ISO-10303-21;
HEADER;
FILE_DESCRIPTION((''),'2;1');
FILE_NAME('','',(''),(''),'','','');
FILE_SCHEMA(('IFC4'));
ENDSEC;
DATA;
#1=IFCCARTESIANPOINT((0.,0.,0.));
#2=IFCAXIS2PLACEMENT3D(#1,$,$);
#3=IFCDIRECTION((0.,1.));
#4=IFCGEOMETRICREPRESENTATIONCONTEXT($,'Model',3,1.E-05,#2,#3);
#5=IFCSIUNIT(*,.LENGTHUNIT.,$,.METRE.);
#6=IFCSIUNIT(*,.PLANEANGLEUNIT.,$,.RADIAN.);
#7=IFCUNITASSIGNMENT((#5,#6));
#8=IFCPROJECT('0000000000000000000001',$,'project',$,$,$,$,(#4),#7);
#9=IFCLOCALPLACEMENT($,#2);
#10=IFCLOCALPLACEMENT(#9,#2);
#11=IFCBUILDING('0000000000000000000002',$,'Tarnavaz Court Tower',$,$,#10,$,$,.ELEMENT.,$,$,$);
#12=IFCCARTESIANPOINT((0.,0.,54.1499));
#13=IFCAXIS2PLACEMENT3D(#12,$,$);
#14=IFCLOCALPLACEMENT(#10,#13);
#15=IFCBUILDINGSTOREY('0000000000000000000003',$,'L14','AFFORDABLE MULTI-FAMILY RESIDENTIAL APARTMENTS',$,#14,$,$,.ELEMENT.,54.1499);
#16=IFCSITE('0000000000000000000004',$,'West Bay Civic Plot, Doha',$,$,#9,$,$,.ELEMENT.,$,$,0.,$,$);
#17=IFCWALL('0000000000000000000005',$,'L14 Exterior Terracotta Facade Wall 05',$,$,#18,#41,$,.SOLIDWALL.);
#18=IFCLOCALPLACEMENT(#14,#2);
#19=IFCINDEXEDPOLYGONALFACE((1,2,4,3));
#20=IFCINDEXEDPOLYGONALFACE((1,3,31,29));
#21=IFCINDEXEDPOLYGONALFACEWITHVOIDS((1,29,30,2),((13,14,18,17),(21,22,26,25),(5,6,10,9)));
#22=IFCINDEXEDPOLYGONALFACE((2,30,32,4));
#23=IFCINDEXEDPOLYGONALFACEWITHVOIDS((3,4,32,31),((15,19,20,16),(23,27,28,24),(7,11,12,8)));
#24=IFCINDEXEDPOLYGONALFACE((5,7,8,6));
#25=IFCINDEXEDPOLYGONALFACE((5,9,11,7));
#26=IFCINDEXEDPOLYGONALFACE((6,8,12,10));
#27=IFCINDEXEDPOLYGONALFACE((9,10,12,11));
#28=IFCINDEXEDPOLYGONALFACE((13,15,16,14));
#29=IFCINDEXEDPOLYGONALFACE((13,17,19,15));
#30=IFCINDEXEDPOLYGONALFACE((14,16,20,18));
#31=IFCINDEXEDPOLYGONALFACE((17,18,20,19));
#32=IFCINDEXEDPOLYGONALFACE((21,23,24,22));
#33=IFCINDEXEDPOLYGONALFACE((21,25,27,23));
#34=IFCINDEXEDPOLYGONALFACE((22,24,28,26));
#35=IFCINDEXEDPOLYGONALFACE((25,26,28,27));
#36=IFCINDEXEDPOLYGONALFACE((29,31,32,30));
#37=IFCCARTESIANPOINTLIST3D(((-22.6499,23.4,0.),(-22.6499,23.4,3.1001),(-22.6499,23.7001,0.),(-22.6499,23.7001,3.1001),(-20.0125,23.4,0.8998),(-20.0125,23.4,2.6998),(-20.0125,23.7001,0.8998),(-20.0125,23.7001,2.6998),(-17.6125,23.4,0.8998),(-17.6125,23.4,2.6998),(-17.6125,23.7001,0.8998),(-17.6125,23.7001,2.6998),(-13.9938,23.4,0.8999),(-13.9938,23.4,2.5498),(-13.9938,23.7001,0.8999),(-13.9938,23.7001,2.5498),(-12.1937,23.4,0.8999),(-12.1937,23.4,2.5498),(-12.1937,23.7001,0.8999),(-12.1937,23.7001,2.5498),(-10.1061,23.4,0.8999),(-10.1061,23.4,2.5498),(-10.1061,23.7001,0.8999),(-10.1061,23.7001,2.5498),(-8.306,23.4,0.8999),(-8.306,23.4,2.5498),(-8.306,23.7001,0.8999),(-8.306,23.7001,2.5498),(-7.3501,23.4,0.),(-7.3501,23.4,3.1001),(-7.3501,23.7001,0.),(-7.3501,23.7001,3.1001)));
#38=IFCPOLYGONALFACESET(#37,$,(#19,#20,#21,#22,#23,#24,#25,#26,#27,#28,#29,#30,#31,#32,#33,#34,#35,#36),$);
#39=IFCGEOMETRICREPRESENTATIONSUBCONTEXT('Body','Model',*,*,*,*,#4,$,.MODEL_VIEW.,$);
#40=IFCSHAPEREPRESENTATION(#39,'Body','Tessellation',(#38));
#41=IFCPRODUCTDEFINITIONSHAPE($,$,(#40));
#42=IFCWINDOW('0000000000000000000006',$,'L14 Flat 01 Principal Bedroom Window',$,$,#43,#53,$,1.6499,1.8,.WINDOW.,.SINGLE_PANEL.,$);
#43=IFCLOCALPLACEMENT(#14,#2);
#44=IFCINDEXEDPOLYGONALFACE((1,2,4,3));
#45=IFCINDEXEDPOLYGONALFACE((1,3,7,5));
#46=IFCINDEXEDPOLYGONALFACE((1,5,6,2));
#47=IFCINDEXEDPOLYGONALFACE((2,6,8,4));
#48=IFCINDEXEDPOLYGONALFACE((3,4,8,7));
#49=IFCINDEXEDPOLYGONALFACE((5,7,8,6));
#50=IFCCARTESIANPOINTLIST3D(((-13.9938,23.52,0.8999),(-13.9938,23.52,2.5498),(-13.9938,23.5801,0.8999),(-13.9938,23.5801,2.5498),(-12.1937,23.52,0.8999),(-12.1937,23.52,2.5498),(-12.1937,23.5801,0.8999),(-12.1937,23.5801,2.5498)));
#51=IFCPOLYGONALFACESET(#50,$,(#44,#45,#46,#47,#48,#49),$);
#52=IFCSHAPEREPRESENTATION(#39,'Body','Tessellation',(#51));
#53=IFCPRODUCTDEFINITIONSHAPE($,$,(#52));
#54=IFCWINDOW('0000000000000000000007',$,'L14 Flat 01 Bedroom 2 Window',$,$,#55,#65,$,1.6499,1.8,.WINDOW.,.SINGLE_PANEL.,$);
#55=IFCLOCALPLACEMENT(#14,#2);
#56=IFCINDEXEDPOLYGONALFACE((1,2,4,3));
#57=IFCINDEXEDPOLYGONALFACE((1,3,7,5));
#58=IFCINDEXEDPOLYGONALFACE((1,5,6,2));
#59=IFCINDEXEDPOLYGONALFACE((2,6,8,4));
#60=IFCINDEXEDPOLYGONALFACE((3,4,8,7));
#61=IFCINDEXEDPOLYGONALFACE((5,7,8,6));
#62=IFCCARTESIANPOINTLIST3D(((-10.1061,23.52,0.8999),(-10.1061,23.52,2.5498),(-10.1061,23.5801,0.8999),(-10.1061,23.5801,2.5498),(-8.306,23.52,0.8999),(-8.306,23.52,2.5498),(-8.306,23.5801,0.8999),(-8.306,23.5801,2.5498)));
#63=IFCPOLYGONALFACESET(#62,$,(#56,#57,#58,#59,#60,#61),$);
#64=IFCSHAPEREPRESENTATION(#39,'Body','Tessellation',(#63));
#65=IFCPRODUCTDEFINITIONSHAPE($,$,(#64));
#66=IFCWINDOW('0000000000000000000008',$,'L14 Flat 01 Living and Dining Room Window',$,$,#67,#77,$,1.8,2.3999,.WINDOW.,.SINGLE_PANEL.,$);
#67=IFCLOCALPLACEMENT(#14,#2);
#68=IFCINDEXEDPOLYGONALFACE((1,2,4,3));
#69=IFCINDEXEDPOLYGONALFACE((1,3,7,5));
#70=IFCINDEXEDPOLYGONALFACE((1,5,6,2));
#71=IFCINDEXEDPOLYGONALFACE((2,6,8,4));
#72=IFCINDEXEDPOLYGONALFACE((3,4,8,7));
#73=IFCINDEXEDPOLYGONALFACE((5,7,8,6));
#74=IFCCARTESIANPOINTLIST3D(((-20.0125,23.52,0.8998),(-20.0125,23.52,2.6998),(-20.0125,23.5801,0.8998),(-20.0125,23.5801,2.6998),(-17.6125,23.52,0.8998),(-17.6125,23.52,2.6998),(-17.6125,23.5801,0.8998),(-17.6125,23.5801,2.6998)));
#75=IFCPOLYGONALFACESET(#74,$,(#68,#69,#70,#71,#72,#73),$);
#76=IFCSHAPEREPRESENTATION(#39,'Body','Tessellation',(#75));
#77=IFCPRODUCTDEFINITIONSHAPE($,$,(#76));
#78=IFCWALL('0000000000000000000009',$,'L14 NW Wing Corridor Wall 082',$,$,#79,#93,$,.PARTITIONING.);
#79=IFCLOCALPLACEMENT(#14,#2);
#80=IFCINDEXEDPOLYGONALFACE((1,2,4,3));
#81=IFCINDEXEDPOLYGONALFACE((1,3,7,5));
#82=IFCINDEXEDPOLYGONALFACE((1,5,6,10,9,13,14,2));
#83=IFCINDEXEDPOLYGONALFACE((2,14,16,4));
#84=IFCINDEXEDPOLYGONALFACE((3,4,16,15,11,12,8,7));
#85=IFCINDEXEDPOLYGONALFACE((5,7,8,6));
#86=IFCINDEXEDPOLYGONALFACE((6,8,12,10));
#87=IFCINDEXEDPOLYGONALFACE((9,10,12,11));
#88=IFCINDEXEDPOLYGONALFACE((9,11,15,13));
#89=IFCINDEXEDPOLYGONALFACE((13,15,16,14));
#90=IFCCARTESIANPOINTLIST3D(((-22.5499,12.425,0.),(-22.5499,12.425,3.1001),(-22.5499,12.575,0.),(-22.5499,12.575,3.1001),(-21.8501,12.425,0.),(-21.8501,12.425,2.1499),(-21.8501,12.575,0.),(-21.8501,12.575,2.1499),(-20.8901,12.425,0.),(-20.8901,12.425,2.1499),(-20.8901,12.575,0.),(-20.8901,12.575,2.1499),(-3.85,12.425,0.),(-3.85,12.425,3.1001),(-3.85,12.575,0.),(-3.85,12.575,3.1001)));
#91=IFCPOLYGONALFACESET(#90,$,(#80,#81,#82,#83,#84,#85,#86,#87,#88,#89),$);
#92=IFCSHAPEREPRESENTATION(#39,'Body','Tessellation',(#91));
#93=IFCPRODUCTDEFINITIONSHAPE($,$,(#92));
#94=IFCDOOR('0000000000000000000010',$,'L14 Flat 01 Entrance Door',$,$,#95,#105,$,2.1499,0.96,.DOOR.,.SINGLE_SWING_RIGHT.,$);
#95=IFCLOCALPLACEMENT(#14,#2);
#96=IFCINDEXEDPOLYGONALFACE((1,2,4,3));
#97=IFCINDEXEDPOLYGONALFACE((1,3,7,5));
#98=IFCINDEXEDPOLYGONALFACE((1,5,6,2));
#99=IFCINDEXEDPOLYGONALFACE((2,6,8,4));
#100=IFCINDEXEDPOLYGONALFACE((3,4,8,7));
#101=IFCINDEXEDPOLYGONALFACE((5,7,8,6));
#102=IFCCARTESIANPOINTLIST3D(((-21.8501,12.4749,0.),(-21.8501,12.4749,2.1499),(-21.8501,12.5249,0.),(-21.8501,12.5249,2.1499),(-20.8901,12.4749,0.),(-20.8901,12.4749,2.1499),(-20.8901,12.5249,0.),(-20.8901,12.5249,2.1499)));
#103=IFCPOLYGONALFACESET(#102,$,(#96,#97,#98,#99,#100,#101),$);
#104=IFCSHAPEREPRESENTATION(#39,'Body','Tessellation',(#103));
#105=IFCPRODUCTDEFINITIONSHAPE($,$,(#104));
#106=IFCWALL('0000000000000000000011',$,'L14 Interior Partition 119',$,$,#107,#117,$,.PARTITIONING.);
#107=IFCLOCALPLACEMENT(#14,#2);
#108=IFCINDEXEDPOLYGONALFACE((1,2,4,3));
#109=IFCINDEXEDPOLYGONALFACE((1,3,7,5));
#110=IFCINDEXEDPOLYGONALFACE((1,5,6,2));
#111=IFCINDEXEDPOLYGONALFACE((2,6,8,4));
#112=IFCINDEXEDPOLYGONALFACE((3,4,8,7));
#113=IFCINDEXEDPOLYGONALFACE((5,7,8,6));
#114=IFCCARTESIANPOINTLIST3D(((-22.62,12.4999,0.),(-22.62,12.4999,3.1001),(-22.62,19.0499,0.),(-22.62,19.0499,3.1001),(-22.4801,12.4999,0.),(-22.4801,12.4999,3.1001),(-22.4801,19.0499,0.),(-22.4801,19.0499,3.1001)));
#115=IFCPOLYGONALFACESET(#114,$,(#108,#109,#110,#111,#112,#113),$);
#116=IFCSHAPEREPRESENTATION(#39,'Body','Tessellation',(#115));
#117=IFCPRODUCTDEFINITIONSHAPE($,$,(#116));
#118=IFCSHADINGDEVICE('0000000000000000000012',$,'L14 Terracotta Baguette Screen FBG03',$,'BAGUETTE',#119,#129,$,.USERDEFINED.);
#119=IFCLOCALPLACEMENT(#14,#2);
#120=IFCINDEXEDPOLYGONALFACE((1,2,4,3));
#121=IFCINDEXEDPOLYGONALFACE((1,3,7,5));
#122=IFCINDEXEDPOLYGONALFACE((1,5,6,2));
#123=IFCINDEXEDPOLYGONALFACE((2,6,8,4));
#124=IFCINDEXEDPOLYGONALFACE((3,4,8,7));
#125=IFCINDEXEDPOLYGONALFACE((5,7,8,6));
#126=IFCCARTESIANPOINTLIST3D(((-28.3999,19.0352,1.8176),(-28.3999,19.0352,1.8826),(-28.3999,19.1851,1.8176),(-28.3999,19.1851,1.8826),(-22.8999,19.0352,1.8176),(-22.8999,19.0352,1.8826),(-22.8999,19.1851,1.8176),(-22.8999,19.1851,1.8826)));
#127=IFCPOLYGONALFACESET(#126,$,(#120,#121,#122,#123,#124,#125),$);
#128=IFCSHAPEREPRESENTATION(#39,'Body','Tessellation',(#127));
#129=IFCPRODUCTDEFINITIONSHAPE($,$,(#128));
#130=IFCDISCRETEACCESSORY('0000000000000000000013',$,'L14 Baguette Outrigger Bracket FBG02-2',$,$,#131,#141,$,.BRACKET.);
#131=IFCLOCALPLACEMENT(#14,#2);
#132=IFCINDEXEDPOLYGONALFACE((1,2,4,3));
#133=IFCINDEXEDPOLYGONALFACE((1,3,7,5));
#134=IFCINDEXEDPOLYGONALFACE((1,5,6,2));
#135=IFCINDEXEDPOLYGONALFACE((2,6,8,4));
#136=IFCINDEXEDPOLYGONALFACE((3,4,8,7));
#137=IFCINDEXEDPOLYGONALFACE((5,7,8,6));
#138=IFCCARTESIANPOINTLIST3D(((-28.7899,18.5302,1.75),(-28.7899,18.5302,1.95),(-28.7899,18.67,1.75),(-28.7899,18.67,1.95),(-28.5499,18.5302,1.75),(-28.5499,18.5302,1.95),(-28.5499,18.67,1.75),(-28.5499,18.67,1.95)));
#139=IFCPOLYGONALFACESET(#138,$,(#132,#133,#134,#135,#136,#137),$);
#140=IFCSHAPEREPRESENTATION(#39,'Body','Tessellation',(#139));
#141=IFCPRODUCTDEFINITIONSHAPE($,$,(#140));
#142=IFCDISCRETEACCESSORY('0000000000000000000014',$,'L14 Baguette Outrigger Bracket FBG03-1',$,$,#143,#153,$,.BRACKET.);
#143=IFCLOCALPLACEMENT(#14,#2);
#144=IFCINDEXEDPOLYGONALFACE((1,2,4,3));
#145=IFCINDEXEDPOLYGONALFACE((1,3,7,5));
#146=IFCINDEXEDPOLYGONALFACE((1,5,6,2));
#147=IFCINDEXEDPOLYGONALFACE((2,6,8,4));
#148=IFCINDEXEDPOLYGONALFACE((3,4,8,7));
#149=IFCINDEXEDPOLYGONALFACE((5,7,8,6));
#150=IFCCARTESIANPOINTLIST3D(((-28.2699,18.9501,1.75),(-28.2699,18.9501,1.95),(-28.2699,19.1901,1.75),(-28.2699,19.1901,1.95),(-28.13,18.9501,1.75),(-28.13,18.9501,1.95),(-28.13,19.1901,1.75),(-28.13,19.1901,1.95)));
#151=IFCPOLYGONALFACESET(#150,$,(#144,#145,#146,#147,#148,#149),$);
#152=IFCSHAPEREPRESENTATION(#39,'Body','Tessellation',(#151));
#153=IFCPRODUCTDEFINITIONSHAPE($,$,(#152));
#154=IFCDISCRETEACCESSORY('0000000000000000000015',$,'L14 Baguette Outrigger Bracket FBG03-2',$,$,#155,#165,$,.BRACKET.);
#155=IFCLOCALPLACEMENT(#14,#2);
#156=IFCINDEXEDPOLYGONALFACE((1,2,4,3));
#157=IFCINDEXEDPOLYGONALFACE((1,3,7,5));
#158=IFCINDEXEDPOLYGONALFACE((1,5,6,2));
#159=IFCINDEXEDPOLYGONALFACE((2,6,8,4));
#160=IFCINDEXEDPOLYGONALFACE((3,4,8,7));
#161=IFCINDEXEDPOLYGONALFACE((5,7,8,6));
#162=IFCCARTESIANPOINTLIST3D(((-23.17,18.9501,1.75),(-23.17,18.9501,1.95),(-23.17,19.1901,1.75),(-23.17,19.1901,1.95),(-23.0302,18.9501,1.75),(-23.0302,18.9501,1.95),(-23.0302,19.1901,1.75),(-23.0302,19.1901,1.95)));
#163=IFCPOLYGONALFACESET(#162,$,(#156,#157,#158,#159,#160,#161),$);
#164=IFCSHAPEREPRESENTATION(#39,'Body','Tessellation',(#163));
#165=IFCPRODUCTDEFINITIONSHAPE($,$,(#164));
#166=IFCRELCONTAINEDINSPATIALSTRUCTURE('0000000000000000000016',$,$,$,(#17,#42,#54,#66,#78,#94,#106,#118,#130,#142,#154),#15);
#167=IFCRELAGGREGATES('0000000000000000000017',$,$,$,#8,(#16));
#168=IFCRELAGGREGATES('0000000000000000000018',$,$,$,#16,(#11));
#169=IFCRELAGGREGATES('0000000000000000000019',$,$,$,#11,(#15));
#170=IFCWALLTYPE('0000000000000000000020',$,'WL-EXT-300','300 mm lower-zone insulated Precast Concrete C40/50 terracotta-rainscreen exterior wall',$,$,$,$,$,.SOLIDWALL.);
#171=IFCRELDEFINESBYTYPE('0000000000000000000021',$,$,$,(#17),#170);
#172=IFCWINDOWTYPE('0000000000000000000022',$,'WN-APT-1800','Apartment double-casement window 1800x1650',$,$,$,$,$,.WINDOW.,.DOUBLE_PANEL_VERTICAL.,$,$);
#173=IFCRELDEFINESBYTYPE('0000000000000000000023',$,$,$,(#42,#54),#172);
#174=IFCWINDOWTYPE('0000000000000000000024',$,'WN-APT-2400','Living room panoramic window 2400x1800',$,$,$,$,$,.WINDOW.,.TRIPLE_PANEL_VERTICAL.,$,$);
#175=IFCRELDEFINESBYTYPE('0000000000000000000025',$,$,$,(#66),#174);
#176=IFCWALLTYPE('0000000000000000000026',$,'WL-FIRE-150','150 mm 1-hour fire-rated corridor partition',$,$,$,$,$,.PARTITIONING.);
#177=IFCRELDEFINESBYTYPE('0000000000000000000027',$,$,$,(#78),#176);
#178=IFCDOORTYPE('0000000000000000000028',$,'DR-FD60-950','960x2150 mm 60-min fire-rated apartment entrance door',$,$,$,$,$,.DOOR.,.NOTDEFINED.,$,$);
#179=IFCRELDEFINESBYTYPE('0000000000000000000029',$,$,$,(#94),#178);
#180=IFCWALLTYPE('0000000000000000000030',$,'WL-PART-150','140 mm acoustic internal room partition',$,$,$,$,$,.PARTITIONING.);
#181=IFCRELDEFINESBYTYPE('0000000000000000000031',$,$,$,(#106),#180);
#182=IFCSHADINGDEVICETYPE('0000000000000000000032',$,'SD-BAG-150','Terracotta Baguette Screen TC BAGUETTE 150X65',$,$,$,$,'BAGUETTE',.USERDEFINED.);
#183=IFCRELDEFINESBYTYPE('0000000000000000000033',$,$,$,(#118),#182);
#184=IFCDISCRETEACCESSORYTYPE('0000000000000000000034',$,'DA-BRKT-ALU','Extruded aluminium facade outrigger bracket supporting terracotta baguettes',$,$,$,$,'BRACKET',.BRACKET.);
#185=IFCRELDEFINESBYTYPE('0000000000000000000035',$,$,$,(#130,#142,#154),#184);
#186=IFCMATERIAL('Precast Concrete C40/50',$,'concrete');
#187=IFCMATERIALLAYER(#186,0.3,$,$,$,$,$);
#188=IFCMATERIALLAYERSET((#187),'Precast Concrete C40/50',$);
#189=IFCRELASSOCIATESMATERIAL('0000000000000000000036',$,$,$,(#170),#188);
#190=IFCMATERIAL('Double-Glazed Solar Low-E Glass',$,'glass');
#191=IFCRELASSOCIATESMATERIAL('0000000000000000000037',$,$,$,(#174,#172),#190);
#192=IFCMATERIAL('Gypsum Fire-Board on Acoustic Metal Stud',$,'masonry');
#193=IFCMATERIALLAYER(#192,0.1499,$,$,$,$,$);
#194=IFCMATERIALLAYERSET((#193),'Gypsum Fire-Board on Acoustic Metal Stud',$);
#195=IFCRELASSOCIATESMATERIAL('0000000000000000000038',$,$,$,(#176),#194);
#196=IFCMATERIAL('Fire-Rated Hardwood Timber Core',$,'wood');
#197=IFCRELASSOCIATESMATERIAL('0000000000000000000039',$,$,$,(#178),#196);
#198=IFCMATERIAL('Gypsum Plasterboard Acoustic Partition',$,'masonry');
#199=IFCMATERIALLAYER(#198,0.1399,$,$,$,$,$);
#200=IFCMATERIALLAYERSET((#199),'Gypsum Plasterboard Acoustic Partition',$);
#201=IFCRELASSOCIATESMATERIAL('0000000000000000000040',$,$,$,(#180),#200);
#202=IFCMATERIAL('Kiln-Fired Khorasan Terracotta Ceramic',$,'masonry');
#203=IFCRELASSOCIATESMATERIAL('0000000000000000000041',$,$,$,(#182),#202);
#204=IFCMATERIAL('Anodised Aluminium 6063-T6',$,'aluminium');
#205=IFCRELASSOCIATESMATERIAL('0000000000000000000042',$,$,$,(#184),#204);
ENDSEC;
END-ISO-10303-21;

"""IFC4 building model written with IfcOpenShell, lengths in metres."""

from ifc_helpers import new_model, si_unit, direction, frame, frame_2d, origin, origin_2d, place, context, subcontext, project, spatial, rectangle, extrude, material, layer, layer_set, material_profile, profile_set, type_object, element, fill, save


model = new_model("IFC4")

# Units and contexts
model_context = context("Model", 3, precision=1e-05, world=origin(), true_north=direction((0.0, 1.0)))
body_context = subcontext(model_context, "Body", "Model", "MODEL_VIEW")
ifc_project = project(units=[si_unit("LENGTHUNIT", "METRE"), si_unit("PLANEANGLEUNIT", "RADIAN")], contexts=[model_context])

# Site, building, storey
site_placement = place(None, origin())
site = spatial("IfcSite", under=ifc_project, at=site_placement, Name="West Bay Civic Plot, Doha", CompositionType="ELEMENT", RefElevation=0.0)
building_placement = place(site_placement, origin())
building = spatial("IfcBuilding", under=site, at=building_placement, Name="Tarnavaz Court Tower", CompositionType="ELEMENT")
storey_placement = place(building_placement, frame((0.0, 0.0, 54.1499)))
storey = spatial("IfcBuildingStorey", under=building, at=storey_placement, Name="L14", Description="AFFORDABLE MULTI-FAMILY RESIDENTIAL APARTMENTS", CompositionType="ELEMENT", Elevation=54.1499)

# Shared definitions
ifc_material_1 = material(Name="Precast Concrete C40/50", Category="concrete")
ifc_layer_1 = layer(ifc_material_1, 0.3)
ifc_layer_set_1 = layer_set([ifc_layer_1], Name="Precast Concrete C40/50")
wall_type_1 = type_object("IfcWallType", Name="WL-EXT-300", Description="300 mm lower-zone insulated Precast Concrete C40/50 terracotta-rainscreen exterior wall", PredefinedType="SOLIDWALL", material=ifc_layer_set_1)
ifc_material_2 = material(Name="Double-Glazed Solar Low-E Glass", Category="glass")
window_type_1 = type_object("IfcWindowType", Name="WN-APT-2400", Description="Living room panoramic window 2400x1800", PartitioningType="TRIPLE_PANEL_VERTICAL", PredefinedType="WINDOW", material=ifc_material_2)

# Wall, openings, windows
wall_1_placement = place(storey_placement, frame((-22.6499, 23.55, 0.0), z_axis=(0.0, 0.0, 1.0), x_axis=(1.0, 0.0, 0.0)))
wall_1 = element("IfcWall", 1, at=wall_1_placement, inside=storey, type_object=wall_type_1, Name="L14 Exterior Terracotta Facade Wall 05", PredefinedType="SOLIDWALL", context=body_context, shape_type="SweptSolid", body=[
    extrude(rectangle(XDim=15.2998, YDim=0.3, at=frame_2d((7.6499, 0.0))), origin(), (0.0, 0.0, 1.0), 3.1001),
])
opening_1_placement = place(wall_1_placement, frame((2.6375, 0.0, 0.8999)))
opening_1 = element("IfcOpeningElement", 2, at=opening_1_placement, cuts=wall_1, PredefinedType="OPENING", context=body_context, shape_type="SweptSolid", body=[
    extrude(rectangle(XDim=2.3999, YDim=1.8, at=frame_2d((1.2, 0.8999))), frame((0.0, 0.1599, 0.0), z_axis=(0.0, -1.0, 0.0), x_axis=(1.0, 0.0, 0.0)), (0.0, 0.0, 1.0), 0.3201),
])
opening_2_placement = place(wall_1_placement, frame((8.6562, 0.0, 0.8999)))
opening_2 = element("IfcOpeningElement", 3, at=opening_2_placement, cuts=wall_1, PredefinedType="OPENING", context=body_context, shape_type="SweptSolid", body=[
    extrude(rectangle(XDim=1.8, YDim=1.6499, at=frame_2d((0.8999, 0.825))), frame((0.0, 0.1599, 0.0), z_axis=(0.0, -1.0, 0.0), x_axis=(1.0, 0.0, 0.0)), (0.0, 0.0, 1.0), 0.3201),
])
opening_3_placement = place(wall_1_placement, frame((12.5439, 0.0, 0.8999)))
opening_3 = element("IfcOpeningElement", 4, at=opening_3_placement, cuts=wall_1, PredefinedType="OPENING", context=body_context, shape_type="SweptSolid", body=[
    extrude(rectangle(XDim=1.8, YDim=1.6499, at=frame_2d((0.8999, 0.825))), frame((0.0, 0.1599, 0.0), z_axis=(0.0, -1.0, 0.0), x_axis=(1.0, 0.0, 0.0)), (0.0, 0.0, 1.0), 0.3201),
])
window_type_2 = type_object("IfcWindowType", Name="WN-APT-1800", Description="Apartment double-casement window 1800x1650", PartitioningType="DOUBLE_PANEL_VERTICAL", PredefinedType="WINDOW", material=ifc_material_2)
window_1_placement = place(opening_2_placement, origin())
window_1 = element("IfcWindow", 5, at=window_1_placement, inside=storey, type_object=window_type_2, Name="L14 Flat 01 Principal Bedroom Window", OverallHeight=1.6499, OverallWidth=1.8, PartitioningType="SINGLE_PANEL", PredefinedType="WINDOW", context=body_context, shape_type="SweptSolid", body=[
    extrude(rectangle(XDim=1.8, YDim=1.6499, at=frame_2d((0.8999, 0.825))), frame((0.0, 0.03, 0.0), z_axis=(0.0, -1.0, 0.0), x_axis=(1.0, 0.0, 0.0)), (0.0, 0.0, 1.0), 0.0601),
])
fill(opening_2, window_1)
window_2_placement = place(opening_3_placement, origin())
window_2 = element("IfcWindow", 6, at=window_2_placement, inside=storey, type_object=window_type_2, Name="L14 Flat 01 Bedroom 2 Window", OverallHeight=1.6499, OverallWidth=1.8, PartitioningType="SINGLE_PANEL", PredefinedType="WINDOW", context=body_context, shape_type="SweptSolid", body=[
    extrude(rectangle(XDim=1.8, YDim=1.6499, at=frame_2d((0.8999, 0.825))), frame((0.0, 0.03, 0.0), z_axis=(0.0, -1.0, 0.0), x_axis=(1.0, 0.0, 0.0)), (0.0, 0.0, 1.0), 0.0601),
])
fill(opening_3, window_2)
window_3_placement = place(opening_1_placement, origin())
window_3 = element("IfcWindow", 7, at=window_3_placement, inside=storey, type_object=window_type_1, Name="L14 Flat 01 Living and Dining Room Window", OverallHeight=1.8, OverallWidth=2.3999, PartitioningType="SINGLE_PANEL", PredefinedType="WINDOW", context=body_context, shape_type="SweptSolid", body=[
    extrude(rectangle(XDim=2.3999, YDim=1.8, at=frame_2d((1.2, 0.8999))), frame((0.0, 0.03, 0.0), z_axis=(0.0, -1.0, 0.0), x_axis=(1.0, 0.0, 0.0)), (0.0, 0.0, 1.0), 0.0601),
])
fill(opening_1, window_3)

# Wall, opening, door
ifc_material_3 = material(Name="Gypsum Fire-Board on Acoustic Metal Stud", Category="masonry")
ifc_layer_2 = layer(ifc_material_3, 0.1499)
ifc_layer_set_2 = layer_set([ifc_layer_2], Name="Gypsum Fire-Board on Acoustic Metal Stud")
wall_type_2 = type_object("IfcWallType", Name="WL-FIRE-150", Description="150 mm 1-hour fire-rated corridor partition", PredefinedType="PARTITIONING", material=ifc_layer_set_2)
wall_2_placement = place(storey_placement, frame((-22.55, 12.5, 0.0), z_axis=(0.0, 0.0, 1.0), x_axis=(1.0, 0.0, 0.0)))
wall_2 = element("IfcWall", 8, at=wall_2_placement, inside=storey, type_object=wall_type_2, Name="L14 NW Wing Corridor Wall 082", PredefinedType="PARTITIONING", context=body_context, shape_type="SweptSolid", body=[
    extrude(rectangle(XDim=18.7, YDim=0.1499, at=frame_2d((9.3501, 0.0))), origin(), (0.0, 0.0, 1.0), 3.1001),
])
opening_4_placement = place(wall_2_placement, frame((0.7, 0.0, 0.0)))
opening_4 = element("IfcOpeningElement", 9, at=opening_4_placement, cuts=wall_2, PredefinedType="OPENING", context=body_context, shape_type="SweptSolid", body=[
    extrude(rectangle(XDim=0.96, YDim=2.1499, at=frame_2d((0.48, 1.075))), frame((0.0, 0.085, 0.0), z_axis=(0.0, -1.0, 0.0), x_axis=(1.0, 0.0, 0.0)), (0.0, 0.0, 1.0), 0.1699),
])
ifc_material_4 = material(Name="Fire-Rated Hardwood Timber Core", Category="wood")
door_type = type_object("IfcDoorType", Name="DR-FD60-950", Description="960x2150 mm 60-min fire-rated apartment entrance door", OperationType="NOTDEFINED", PredefinedType="DOOR", material=ifc_material_4)
door_placement = place(opening_4_placement, origin())
door = element("IfcDoor", 10, at=door_placement, inside=storey, type_object=door_type, Name="L14 Flat 01 Entrance Door", OperationType="SINGLE_SWING_RIGHT", OverallHeight=2.1499, OverallWidth=0.96, PredefinedType="DOOR", context=body_context, shape_type="SweptSolid", body=[
    extrude(rectangle(XDim=0.96, YDim=2.1499, at=frame_2d((0.48, 1.075))), frame((0.0, 0.0249, 0.0), z_axis=(0.0, -1.0, 0.0), x_axis=(1.0, 0.0, 0.0)), (0.0, 0.0, 1.0), 0.05),
])
fill(opening_4, door)

# Wall
ifc_material_5 = material(Name="Gypsum Plasterboard Acoustic Partition", Category="masonry")
ifc_layer_3 = layer(ifc_material_5, 0.1399)
ifc_layer_set_3 = layer_set([ifc_layer_3], Name="Gypsum Plasterboard Acoustic Partition")
wall_type_3 = type_object("IfcWallType", Name="WL-PART-150", Description="140 mm acoustic internal room partition", PredefinedType="PARTITIONING", material=ifc_layer_set_3)
wall_3_placement = place(storey_placement, frame((-22.55, 12.5, 0.0), z_axis=(0.0, 0.0, 1.0), x_axis=(0.0, 1.0, 0.0)))
element("IfcWall", 11, at=wall_3_placement, inside=storey, type_object=wall_type_3, Name="L14 Interior Partition 119", PredefinedType="PARTITIONING", context=body_context, shape_type="SweptSolid", body=[
    extrude(rectangle(XDim=6.55, YDim=0.1399, at=frame_2d((3.2749, 0.0))), origin(), (0.0, 0.0, 1.0), 3.1001),
])

# Shading device
ifc_material_6 = material(Name="Kiln-Fired Khorasan Terracotta Ceramic", Category="masonry")
ifc_material_profile_1 = material_profile(ifc_material_6, rectangle(XDim=0.1499, YDim=0.0649, at=origin_2d()), Name="TC BAGUETTE 150X65")
ifc_profile_set_1 = profile_set([ifc_material_profile_1], Name="Kiln-Fired Khorasan Terracotta Ceramic")
shading_device_type = type_object("IfcShadingDeviceType", Name="SD-BAG-150", Description="Terracotta Baguette Screen TC BAGUETTE 150X65", ElementType="BAGUETTE", PredefinedType="USERDEFINED", material=ifc_profile_set_1)
shading_device_placement = place(storey_placement, frame((-28.3999, 19.1101, 1.8501), z_axis=(1.0, 0.0, 0.0), x_axis=(0.0, 1.0, 0.0)))
element("IfcShadingDevice", 12, at=shading_device_placement, inside=storey, type_object=shading_device_type, Name="L14 Terracotta Baguette Screen FBG03", ObjectType="BAGUETTE", PredefinedType="USERDEFINED", context=body_context, shape_type="SweptSolid", body=[
    extrude(rectangle(XDim=0.1499, YDim=0.0649, at=origin_2d()), origin(), (0.0, 0.0, 1.0), 5.5),
])

# Discrete accessories
ifc_material_7 = material(Name="Anodised Aluminium 6063-T6", Category="aluminium")
discrete_accessory_type = type_object("IfcDiscreteAccessoryType", Name="DA-BRKT-ALU", Description="Extruded aluminium facade outrigger bracket supporting terracotta baguettes", ElementType="BRACKET", PredefinedType="BRACKET", material=ifc_material_7)
for number, where, z_axis, x_axis, name in (
    (13, (-28.6699, 18.6001, 1.75), (0.0, 0.0, 1.0), (0.0, 1.0, 0.0), "L14 Baguette Outrigger Bracket FBG02-2"),
    (14, (-28.2, 19.0701, 1.75), (0.0, 0.0, 1.0), (1.0, 0.0, 0.0), "L14 Baguette Outrigger Bracket FBG03-1"),
    (15, (-23.1001, 19.0701, 1.75), (0.0, 0.0, 1.0), (1.0, 0.0, 0.0), "L14 Baguette Outrigger Bracket FBG03-2"),
):
    element("IfcDiscreteAccessory", number, at=place(storey_placement, frame(where, z_axis=z_axis, x_axis=x_axis)), inside=storey, type_object=discrete_accessory_type, Name=name, PredefinedType="BRACKET", context=body_context, shape_type="SweptSolid", body=[
        extrude(rectangle(XDim=0.1399, YDim=0.24, at=origin_2d()), origin(), (0.0, 0.0, 1.0), 0.2),
    ])

save(model, "model.ifc")
